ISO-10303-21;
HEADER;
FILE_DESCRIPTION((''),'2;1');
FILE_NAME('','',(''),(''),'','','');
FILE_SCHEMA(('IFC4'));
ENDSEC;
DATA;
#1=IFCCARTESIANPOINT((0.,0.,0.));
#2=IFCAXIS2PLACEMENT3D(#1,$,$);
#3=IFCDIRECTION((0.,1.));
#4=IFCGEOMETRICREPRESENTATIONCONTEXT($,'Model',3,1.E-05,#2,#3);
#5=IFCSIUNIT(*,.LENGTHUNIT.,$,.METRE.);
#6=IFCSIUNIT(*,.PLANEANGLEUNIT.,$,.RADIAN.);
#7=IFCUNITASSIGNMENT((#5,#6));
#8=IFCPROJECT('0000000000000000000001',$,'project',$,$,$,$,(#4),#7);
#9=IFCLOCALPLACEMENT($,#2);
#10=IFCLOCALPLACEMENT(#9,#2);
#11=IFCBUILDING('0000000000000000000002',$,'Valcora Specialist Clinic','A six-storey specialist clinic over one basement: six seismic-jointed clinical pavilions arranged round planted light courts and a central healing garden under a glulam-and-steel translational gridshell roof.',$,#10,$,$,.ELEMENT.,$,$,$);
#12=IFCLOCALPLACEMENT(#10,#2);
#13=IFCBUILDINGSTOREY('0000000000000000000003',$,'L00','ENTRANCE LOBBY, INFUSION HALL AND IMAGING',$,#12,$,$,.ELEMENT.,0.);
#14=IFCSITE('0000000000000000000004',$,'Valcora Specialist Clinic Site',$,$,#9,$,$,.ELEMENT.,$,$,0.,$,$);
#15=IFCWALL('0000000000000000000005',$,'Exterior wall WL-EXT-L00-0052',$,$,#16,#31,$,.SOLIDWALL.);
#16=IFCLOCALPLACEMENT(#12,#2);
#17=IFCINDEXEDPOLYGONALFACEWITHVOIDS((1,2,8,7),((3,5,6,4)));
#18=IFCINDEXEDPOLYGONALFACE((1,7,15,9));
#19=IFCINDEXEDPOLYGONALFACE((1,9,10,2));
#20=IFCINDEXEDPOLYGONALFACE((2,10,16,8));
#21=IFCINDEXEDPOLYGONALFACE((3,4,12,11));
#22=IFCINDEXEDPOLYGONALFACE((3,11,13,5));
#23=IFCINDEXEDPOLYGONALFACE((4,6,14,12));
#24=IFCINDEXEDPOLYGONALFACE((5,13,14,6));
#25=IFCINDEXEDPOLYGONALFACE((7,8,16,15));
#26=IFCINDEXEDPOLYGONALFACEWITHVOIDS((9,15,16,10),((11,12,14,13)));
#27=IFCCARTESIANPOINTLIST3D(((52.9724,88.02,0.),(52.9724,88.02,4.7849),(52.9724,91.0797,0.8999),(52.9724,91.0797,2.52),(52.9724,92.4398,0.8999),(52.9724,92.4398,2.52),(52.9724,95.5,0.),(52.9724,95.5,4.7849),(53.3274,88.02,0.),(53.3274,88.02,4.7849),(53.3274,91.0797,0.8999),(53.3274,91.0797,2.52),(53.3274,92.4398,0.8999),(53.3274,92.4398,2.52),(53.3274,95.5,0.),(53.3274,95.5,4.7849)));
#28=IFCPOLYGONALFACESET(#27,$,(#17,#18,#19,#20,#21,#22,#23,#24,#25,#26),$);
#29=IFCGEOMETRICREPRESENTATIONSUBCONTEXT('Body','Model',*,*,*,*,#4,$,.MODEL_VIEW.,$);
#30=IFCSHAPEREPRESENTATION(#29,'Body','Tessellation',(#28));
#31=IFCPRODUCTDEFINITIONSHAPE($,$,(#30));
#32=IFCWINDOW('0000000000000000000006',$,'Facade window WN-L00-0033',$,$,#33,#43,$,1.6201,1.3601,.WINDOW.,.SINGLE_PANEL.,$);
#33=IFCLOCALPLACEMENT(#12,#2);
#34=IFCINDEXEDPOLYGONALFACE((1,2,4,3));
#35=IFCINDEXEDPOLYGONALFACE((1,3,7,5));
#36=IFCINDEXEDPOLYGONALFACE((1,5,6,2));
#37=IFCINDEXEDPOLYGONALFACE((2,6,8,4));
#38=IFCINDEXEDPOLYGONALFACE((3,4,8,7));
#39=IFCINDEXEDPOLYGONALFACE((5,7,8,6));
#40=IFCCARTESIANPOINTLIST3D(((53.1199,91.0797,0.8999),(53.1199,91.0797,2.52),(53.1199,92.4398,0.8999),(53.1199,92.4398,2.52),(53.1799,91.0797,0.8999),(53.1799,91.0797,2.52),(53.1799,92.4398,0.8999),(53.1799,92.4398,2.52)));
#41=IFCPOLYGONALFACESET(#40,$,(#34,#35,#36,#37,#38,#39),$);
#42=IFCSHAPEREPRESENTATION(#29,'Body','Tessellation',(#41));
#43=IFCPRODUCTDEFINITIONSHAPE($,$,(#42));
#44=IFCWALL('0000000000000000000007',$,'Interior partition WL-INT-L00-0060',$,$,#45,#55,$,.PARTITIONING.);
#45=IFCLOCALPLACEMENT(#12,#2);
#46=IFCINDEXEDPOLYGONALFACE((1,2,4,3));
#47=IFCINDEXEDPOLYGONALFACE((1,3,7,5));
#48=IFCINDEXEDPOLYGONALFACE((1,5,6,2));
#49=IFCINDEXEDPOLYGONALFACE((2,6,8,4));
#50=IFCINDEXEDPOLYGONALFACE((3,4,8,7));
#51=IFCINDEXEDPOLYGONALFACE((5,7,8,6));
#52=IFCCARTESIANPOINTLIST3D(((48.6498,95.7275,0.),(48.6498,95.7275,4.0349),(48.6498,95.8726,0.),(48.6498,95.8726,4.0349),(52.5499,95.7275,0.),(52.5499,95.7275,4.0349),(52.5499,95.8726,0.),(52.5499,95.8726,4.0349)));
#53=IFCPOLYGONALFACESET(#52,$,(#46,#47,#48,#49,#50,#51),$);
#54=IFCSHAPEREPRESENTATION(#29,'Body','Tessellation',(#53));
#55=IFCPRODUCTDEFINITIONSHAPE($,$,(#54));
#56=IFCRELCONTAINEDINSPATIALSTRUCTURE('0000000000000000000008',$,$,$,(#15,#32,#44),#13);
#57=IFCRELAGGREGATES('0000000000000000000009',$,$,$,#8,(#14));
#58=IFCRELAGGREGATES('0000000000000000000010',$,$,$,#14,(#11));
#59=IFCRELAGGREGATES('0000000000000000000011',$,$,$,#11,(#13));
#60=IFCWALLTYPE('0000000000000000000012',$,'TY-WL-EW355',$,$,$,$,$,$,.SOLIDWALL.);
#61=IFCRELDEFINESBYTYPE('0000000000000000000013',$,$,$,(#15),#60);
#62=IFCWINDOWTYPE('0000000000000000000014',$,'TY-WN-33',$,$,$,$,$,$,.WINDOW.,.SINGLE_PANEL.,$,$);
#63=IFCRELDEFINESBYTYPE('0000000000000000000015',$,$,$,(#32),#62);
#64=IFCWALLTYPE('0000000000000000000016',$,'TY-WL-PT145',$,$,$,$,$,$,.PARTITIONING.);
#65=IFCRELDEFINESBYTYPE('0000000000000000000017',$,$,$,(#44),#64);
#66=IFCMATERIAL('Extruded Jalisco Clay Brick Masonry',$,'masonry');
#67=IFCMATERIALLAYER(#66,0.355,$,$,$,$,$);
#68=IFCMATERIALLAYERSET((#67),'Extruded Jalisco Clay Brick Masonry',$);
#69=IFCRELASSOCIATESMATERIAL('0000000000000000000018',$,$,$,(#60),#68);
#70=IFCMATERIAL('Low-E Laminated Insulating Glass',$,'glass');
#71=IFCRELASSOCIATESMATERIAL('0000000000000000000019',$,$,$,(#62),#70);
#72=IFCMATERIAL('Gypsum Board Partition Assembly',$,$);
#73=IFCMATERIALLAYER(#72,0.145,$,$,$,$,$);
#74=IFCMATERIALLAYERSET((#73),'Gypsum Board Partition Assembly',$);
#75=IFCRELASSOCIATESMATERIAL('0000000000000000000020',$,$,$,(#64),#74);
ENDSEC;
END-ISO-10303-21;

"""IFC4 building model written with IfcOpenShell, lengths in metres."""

from ifc_helpers import new_model, si_unit, direction, frame, frame_2d, origin, place, context, subcontext, project, spatial, rectangle, extrude, material, layer, layer_set, type_object, element, fill, save


model = new_model("IFC4")

# Units and contexts
model_context = context("Model", 3, precision=1e-05, world=origin(), true_north=direction((0.0, 1.0)))
body_context = subcontext(model_context, "Body", "Model", "MODEL_VIEW")
ifc_project = project(units=[si_unit("LENGTHUNIT", "METRE"), si_unit("PLANEANGLEUNIT", "RADIAN")], contexts=[model_context])

# Site, building, storey
site_placement = place(None, origin())
site = spatial("IfcSite", under=ifc_project, at=site_placement, Name="Valcora Specialist Clinic Site", CompositionType="ELEMENT", RefElevation=0.0)
building_placement = place(site_placement, origin())
building = spatial("IfcBuilding", under=site, at=building_placement, Name="Valcora Specialist Clinic", Description="A six-storey specialist clinic over one basement: six seismic-jointed clinical pavilions arranged round planted light courts and a central healing garden under a glulam-and-steel translational gridshell roof.", CompositionType="ELEMENT")
storey_placement = place(building_placement, origin())
storey = spatial("IfcBuildingStorey", under=building, at=storey_placement, Name="L00", Description="ENTRANCE LOBBY, INFUSION HALL AND IMAGING", CompositionType="ELEMENT", Elevation=0.0)

# Wall, opening, window
ifc_material_1 = material(Name="Extruded Jalisco Clay Brick Masonry", Category="masonry")
ifc_material_2 = material(Name="Low-E Laminated Insulating Glass", Category="glass")
ifc_layer_1 = layer(ifc_material_1, 0.355)
ifc_layer_set_1 = layer_set([ifc_layer_1], Name="Extruded Jalisco Clay Brick Masonry")
wall_type_1 = type_object("IfcWallType", Name="TY-WL-EW355", PredefinedType="SOLIDWALL", material=ifc_layer_set_1)
wall_1_placement = place(storey_placement, frame((53.1499, 95.5, 0.0), z_axis=(0.0, 0.0, 1.0), x_axis=(0.0, -1.0, 0.0)))
wall_1 = element("IfcWall", 1, at=wall_1_placement, inside=storey, type_object=wall_type_1, Name="Exterior wall WL-EXT-L00-0052", PredefinedType="SOLIDWALL", context=body_context, shape_type="SweptSolid", body=[
    extrude(rectangle(XDim=7.48, YDim=0.355, at=frame_2d((3.74, 0.0))), origin(), (0.0, 0.0, 1.0), 4.7849),
])
opening_1_placement = place(wall_1_placement, frame((3.0601, 0.0, 0.8999)))
opening_1 = element("IfcOpeningElement", 2, at=opening_1_placement, cuts=wall_1, PredefinedType="OPENING", context=body_context, shape_type="SweptSolid", body=[
    extrude(rectangle(XDim=1.3601, YDim=1.6201, at=frame_2d((0.6802, 0.8101))), frame((0.0, 0.1875, 0.0), z_axis=(0.0, -1.0, 0.0), x_axis=(1.0, 0.0, 0.0)), (0.0, 0.0, 1.0), 0.375),
])
window_type_1 = type_object("IfcWindowType", Name="TY-WN-33", PartitioningType="SINGLE_PANEL", PredefinedType="WINDOW", material=ifc_material_2)
window_1_placement = place(opening_1_placement, origin())
window_1 = element("IfcWindow", 3, at=window_1_placement, inside=storey, type_object=window_type_1, Name="Facade window WN-L00-0033", OverallHeight=1.6201, OverallWidth=1.3601, PartitioningType="SINGLE_PANEL", PredefinedType="WINDOW", context=body_context, shape_type="SweptSolid", body=[
    extrude(rectangle(XDim=1.3601, YDim=1.6201, at=frame_2d((0.6802, 0.8101))), frame((0.0, 0.03, 0.0), z_axis=(0.0, -1.0, 0.0), x_axis=(1.0, 0.0, 0.0)), (0.0, 0.0, 1.0), 0.0601),
])
fill(opening_1, window_1)

# Wall
ifc_material_3 = material(Name="Gypsum Board Partition Assembly")
ifc_layer_2 = layer(ifc_material_3, 0.145)
ifc_layer_set_2 = layer_set([ifc_layer_2], Name="Gypsum Board Partition Assembly")
wall_type_2 = type_object("IfcWallType", Name="TY-WL-PT145", PredefinedType="PARTITIONING", material=ifc_layer_set_2)
wall_2_placement = place(storey_placement, frame((52.55, 95.8, 0.0), z_axis=(0.0, 0.0, 1.0), x_axis=(-1.0, 0.0, 0.0)))
element("IfcWall", 4, at=wall_2_placement, inside=storey, type_object=wall_type_2, Name="Interior partition WL-INT-L00-0060", PredefinedType="PARTITIONING", context=body_context, shape_type="SweptSolid", body=[
    extrude(rectangle(XDim=3.9001, YDim=0.145, at=frame_2d((1.9502, 0.0))), origin(), (0.0, 0.0, 1.0), 4.0349),
])

save(model, "model.ifc")
